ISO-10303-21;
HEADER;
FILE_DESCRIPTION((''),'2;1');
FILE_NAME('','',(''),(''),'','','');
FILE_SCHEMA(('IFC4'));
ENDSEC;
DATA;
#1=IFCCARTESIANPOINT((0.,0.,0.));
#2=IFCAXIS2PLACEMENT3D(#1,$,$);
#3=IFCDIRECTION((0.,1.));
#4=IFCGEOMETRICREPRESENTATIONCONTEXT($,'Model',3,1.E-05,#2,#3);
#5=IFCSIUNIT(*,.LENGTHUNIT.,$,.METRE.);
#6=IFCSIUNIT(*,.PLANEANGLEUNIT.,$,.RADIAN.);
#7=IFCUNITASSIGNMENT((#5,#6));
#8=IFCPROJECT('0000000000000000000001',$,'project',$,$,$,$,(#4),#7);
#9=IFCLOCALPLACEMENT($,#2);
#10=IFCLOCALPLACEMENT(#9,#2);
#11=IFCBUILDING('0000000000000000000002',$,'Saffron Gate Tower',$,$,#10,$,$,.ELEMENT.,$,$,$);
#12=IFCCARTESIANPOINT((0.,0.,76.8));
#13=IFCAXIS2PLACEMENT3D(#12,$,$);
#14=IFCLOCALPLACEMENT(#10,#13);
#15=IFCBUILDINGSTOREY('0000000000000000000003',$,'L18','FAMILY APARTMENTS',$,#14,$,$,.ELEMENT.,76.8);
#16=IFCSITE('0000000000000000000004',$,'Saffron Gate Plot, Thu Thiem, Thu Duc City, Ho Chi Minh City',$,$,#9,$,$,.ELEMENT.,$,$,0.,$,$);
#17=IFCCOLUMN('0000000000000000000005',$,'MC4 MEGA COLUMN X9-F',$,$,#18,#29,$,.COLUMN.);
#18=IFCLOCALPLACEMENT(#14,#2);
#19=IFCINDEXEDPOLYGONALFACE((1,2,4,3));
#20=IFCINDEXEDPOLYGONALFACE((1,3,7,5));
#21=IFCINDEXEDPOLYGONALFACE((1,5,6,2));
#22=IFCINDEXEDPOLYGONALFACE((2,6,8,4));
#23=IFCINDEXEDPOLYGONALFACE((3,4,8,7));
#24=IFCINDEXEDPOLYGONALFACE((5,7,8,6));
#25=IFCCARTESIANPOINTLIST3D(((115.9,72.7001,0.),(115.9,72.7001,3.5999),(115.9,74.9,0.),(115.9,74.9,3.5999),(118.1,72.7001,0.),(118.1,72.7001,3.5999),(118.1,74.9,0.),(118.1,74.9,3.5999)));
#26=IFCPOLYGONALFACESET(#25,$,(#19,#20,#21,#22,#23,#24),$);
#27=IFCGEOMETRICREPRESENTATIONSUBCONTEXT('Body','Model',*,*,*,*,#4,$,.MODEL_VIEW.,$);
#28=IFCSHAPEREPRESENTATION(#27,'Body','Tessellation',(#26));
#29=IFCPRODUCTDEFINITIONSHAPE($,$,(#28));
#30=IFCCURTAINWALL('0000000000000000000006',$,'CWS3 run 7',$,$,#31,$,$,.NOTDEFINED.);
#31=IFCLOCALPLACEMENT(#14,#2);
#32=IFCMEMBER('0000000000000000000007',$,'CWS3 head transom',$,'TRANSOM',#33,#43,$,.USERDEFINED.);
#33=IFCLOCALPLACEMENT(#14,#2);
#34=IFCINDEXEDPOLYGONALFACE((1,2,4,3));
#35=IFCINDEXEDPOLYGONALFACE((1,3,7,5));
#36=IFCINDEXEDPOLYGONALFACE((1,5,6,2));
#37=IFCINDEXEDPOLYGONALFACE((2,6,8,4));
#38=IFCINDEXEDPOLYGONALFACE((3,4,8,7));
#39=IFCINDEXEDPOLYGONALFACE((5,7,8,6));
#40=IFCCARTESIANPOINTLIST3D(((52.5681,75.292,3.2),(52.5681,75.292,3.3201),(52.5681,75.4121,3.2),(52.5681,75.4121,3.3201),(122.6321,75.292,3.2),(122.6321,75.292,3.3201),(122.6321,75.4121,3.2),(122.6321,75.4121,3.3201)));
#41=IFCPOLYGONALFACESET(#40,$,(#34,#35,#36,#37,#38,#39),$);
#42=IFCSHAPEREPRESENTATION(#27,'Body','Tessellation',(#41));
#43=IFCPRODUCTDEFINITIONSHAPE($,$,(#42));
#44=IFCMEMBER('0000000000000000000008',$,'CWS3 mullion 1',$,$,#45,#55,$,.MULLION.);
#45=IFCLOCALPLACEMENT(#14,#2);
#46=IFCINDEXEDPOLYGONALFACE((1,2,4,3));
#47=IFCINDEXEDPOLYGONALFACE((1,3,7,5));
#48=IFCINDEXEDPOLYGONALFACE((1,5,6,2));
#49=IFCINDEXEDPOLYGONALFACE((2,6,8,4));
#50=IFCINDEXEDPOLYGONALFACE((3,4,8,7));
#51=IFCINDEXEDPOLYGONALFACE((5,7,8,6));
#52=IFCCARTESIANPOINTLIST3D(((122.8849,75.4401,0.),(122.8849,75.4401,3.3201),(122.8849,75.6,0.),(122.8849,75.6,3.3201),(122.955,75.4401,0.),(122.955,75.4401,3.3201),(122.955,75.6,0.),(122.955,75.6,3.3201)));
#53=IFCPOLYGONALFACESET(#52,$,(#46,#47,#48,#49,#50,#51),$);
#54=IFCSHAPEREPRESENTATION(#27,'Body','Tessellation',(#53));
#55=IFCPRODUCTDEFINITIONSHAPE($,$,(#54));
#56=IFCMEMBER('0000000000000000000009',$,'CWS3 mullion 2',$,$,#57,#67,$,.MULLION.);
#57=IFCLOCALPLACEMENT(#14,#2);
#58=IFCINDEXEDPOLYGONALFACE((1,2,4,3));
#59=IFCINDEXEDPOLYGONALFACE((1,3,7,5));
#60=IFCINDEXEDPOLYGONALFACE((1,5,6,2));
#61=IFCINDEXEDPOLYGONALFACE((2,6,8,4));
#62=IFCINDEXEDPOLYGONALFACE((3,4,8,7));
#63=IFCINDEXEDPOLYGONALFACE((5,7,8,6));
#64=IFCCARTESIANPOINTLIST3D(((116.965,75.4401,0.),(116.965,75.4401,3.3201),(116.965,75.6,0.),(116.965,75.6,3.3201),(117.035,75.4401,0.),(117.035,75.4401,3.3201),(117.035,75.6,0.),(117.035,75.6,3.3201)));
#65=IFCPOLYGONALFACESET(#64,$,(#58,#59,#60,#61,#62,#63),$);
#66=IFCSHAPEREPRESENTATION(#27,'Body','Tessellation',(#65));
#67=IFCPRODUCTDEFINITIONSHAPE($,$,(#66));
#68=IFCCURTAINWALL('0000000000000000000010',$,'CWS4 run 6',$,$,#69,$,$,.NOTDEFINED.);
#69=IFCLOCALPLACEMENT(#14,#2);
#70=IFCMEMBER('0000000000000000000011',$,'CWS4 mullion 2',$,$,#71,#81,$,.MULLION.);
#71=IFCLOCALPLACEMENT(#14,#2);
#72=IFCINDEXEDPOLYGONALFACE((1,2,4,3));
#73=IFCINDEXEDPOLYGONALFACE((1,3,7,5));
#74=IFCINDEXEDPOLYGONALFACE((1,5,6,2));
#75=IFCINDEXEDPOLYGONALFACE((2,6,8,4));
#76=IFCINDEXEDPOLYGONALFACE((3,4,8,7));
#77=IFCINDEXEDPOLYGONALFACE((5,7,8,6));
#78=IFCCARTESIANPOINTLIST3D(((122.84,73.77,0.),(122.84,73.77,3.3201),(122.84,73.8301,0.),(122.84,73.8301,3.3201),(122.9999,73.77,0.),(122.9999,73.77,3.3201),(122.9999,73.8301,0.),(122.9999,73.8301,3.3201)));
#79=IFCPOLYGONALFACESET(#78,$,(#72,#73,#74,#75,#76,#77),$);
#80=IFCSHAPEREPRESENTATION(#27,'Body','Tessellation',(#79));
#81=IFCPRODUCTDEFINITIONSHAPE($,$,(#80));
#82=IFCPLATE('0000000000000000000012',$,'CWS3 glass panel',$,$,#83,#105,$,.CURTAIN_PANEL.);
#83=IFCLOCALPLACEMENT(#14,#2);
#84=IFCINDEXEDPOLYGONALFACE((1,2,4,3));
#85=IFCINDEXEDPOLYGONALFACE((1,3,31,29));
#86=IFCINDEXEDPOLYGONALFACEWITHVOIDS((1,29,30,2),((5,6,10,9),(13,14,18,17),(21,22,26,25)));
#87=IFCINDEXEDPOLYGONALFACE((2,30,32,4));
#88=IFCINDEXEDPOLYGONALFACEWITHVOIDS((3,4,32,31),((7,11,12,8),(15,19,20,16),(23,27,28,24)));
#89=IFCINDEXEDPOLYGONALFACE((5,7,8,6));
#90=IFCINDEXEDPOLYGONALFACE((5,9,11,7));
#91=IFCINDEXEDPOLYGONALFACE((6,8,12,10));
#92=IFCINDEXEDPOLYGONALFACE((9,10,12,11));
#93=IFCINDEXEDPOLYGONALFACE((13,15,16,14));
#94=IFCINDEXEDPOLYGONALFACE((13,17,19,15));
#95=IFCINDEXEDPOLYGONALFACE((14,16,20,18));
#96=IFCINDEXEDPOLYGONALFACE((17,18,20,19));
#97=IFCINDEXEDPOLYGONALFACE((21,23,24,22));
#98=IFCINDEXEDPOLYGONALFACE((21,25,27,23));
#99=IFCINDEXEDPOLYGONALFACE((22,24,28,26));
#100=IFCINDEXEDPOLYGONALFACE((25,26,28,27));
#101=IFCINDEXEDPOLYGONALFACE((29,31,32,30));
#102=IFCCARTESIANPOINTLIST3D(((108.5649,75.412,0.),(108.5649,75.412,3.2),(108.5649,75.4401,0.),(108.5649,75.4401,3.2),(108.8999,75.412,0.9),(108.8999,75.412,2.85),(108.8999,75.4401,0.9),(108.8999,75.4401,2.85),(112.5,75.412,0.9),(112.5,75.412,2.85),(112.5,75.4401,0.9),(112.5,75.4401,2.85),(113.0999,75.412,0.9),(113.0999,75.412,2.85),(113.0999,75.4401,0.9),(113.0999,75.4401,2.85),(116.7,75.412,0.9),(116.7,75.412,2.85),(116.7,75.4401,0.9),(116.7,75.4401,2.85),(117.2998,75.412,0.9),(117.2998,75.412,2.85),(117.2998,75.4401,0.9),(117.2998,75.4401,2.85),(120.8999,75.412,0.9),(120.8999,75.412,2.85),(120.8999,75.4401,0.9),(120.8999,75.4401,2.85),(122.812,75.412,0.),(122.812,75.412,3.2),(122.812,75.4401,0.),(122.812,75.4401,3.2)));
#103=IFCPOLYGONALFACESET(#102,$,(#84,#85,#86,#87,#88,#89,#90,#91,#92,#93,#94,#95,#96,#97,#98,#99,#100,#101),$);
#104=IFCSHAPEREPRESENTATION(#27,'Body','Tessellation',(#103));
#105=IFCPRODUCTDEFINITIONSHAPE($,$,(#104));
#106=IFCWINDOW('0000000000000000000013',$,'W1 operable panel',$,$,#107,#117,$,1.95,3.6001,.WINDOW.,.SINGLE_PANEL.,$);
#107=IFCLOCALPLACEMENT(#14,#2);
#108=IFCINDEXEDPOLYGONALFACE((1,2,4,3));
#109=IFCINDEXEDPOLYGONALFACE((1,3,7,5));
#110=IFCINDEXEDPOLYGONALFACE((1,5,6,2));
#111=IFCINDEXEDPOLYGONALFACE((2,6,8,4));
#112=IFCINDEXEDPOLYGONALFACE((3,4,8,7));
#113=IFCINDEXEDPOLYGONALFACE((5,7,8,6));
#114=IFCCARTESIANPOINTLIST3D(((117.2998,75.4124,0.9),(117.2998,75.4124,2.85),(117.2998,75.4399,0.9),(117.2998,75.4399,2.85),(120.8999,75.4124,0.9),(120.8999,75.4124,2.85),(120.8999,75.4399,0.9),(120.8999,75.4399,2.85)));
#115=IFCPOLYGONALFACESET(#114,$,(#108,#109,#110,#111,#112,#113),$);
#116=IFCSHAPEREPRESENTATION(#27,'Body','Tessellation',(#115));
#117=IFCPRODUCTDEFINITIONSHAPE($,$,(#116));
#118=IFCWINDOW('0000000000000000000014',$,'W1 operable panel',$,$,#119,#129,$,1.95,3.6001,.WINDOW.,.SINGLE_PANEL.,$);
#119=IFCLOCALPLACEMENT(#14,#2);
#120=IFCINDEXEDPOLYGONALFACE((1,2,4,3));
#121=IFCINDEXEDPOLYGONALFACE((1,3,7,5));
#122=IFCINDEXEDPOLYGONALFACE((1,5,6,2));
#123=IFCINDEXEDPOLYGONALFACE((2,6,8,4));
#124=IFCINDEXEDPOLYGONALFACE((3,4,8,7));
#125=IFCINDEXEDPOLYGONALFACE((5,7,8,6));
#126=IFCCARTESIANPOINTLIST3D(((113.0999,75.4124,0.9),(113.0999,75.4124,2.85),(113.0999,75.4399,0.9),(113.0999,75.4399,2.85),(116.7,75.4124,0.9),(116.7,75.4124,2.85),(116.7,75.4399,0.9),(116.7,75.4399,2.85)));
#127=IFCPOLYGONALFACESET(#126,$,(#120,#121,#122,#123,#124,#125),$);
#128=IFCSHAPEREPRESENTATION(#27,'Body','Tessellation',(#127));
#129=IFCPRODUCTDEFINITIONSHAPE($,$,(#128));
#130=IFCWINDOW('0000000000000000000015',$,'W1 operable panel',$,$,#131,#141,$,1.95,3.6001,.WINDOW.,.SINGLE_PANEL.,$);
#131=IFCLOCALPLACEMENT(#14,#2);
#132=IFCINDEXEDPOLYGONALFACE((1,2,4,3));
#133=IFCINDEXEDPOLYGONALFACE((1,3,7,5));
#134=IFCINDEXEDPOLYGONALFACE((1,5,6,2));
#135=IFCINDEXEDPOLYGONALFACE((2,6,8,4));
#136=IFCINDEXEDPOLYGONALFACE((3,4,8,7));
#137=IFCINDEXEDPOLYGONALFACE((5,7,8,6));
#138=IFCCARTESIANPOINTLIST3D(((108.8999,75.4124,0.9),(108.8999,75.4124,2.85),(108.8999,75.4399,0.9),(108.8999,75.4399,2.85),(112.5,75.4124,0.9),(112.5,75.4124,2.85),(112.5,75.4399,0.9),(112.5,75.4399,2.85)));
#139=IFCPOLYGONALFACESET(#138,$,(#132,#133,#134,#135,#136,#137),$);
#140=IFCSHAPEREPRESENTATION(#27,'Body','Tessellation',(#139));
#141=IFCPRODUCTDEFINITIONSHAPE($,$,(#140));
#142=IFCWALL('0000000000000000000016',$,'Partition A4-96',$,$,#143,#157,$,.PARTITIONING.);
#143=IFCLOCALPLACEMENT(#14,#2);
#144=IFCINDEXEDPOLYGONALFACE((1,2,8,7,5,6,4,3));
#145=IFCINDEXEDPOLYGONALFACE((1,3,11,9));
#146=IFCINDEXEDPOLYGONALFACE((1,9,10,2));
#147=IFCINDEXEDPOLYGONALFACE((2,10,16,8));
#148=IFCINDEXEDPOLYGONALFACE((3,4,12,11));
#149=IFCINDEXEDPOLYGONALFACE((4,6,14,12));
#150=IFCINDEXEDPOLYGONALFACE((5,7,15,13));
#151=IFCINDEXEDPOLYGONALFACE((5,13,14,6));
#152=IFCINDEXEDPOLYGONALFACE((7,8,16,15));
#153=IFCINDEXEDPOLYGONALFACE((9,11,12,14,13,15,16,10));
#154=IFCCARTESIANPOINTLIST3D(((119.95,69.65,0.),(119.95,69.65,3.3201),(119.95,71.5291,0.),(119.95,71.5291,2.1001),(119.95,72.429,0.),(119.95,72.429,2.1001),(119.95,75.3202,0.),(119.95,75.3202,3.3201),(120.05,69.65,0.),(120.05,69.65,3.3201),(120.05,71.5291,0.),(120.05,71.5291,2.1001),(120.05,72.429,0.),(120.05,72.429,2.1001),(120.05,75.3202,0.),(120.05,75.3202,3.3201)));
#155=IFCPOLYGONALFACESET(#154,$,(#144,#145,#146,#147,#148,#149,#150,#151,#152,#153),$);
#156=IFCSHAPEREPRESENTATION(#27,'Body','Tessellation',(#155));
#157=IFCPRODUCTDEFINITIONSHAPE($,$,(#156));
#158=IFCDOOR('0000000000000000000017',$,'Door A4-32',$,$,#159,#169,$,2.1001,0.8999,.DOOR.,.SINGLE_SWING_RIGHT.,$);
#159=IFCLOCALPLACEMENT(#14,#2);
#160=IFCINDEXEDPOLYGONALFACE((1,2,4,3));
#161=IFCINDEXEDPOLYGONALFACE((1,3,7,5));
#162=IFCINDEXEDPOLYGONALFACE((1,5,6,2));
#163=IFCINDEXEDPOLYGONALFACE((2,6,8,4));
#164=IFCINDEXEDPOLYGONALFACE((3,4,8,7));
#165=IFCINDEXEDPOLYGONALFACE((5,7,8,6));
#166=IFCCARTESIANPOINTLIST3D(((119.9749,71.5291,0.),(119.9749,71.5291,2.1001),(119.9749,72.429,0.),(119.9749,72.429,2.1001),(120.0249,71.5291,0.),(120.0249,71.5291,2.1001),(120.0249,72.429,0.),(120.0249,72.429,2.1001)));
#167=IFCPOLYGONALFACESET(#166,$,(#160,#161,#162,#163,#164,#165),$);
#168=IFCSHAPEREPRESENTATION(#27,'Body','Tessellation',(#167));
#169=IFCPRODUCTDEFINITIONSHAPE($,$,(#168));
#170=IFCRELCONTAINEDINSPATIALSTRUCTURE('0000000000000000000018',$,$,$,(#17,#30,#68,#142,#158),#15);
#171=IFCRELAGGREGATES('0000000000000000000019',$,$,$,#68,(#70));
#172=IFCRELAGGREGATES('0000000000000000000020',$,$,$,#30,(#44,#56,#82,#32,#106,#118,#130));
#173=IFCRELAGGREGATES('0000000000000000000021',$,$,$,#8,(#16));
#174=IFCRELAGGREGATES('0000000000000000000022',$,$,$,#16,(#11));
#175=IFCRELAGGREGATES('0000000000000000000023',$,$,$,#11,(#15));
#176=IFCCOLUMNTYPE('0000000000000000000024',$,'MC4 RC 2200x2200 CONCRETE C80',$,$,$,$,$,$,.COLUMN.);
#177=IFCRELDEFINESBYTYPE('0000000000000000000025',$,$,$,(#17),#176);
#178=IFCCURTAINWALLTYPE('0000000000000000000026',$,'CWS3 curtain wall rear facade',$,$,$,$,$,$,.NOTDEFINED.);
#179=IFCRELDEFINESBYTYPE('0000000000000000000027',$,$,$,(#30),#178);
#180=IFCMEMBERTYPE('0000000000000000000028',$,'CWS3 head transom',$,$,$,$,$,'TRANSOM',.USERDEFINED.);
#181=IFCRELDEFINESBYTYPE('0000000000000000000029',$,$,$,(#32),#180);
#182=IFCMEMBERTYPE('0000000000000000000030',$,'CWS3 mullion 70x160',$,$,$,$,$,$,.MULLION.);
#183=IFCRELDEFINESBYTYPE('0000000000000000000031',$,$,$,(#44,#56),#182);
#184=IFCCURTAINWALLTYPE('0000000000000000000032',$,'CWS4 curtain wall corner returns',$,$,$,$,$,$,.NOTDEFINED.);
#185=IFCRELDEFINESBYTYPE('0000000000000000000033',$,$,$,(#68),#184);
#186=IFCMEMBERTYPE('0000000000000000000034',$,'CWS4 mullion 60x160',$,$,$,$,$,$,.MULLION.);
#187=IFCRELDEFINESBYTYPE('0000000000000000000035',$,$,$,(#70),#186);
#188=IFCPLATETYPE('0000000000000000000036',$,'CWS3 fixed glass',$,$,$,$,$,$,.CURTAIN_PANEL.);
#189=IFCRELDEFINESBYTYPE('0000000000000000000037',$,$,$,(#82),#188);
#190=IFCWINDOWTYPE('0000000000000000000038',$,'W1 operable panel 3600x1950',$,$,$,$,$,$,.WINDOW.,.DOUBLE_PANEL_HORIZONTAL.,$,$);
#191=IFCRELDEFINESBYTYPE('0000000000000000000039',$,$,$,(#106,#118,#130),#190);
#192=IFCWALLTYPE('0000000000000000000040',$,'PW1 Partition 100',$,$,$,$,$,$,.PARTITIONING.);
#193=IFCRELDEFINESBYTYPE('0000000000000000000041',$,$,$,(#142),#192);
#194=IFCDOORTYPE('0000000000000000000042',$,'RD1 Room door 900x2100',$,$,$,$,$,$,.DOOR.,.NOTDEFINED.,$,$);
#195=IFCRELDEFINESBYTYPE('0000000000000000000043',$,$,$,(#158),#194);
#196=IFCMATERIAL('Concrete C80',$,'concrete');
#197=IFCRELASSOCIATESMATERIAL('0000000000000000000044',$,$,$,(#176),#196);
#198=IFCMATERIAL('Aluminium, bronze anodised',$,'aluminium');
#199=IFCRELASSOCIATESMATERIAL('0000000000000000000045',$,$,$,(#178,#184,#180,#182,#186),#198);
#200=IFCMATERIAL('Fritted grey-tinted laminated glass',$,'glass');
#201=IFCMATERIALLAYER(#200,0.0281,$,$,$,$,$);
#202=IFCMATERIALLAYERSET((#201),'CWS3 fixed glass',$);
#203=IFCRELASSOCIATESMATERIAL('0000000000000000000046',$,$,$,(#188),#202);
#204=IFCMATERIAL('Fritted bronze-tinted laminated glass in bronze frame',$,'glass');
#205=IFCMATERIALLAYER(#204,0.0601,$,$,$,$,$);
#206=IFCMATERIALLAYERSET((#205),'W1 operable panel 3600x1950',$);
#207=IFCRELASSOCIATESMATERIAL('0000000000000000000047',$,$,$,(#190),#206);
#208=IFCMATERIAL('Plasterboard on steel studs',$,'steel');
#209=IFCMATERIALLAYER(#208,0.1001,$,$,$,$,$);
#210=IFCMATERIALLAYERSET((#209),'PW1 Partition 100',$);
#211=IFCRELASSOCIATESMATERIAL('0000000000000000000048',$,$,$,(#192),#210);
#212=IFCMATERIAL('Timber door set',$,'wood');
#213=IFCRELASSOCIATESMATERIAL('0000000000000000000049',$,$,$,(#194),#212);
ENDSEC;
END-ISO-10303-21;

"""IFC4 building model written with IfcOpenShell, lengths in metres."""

from ifc_helpers import new_model, si_unit, direction, frame, frame_2d, origin, origin_2d, place, context, subcontext, project, spatial, rectangle, extrude, material, layer, layer_set, material_profile, profile_set, type_object, element, fill, aggregate, save


model = new_model("IFC4")

# Units and contexts
model_context = context("Model", 3, precision=1e-05, world=origin(), true_north=direction((0.0, 1.0)))
body_context = subcontext(model_context, "Body", "Model", "MODEL_VIEW")
ifc_project = project(units=[si_unit("LENGTHUNIT", "METRE"), si_unit("PLANEANGLEUNIT", "RADIAN")], contexts=[model_context])

# Site, building, storey
site_placement = place(None, origin())
site = spatial("IfcSite", under=ifc_project, at=site_placement, Name="Saffron Gate Plot, Thu Thiem, Thu Duc City, Ho Chi Minh City", CompositionType="ELEMENT", RefElevation=0.0)
building_placement = place(site_placement, origin())
building = spatial("IfcBuilding", under=site, at=building_placement, Name="Saffron Gate Tower", CompositionType="ELEMENT")
storey_placement = place(building_placement, frame((0.0, 0.0, 76.8)))
storey = spatial("IfcBuildingStorey", under=building, at=storey_placement, Name="L18", Description="FAMILY APARTMENTS", CompositionType="ELEMENT", Elevation=76.8)

# Column
ifc_material_1 = material(Name="Concrete C80", Category="concrete")
ifc_material_profile_1 = material_profile(ifc_material_1, rectangle(XDim=2.2, YDim=2.2, at=origin_2d()))
ifc_profile_set_1 = profile_set([ifc_material_profile_1], Name="Concrete C80")
column_type = type_object("IfcColumnType", Name="MC4 RC 2200x2200 CONCRETE C80", PredefinedType="COLUMN", material=ifc_profile_set_1)
column_placement = place(storey_placement, frame((117.0, 73.8, 0.0), z_axis=(0.0, 0.0, 1.0), x_axis=(1.0, 0.0, 0.0)))
element("IfcColumn", 1, at=column_placement, inside=storey, type_object=column_type, Name="MC4 MEGA COLUMN X9-F", PredefinedType="COLUMN", context=body_context, shape_type="SweptSolid", body=[
    extrude(rectangle(XDim=2.2, YDim=2.2, at=origin_2d()), origin(), (0.0, 0.0, 1.0), 3.5999),
])

# Curtain wall, members
ifc_material_2 = material(Name="Aluminium, bronze anodised", Category="aluminium")
curtain_wall_type_1 = type_object("IfcCurtainWallType", Name="CWS3 curtain wall rear facade", PredefinedType="NOTDEFINED", material=ifc_material_2)
curtain_wall_1_placement = place(storey_placement, origin())
curtain_wall_1 = element("IfcCurtainWall", 2, at=curtain_wall_1_placement, inside=storey, type_object=curtain_wall_type_1, Name="CWS3 run 7", PredefinedType="NOTDEFINED")
ifc_material_profile_2 = material_profile(ifc_material_2, rectangle(XDim=0.1201, YDim=0.1201, at=origin_2d()))
ifc_profile_set_2 = profile_set([ifc_material_profile_2], Name="Aluminium, bronze anodised")
member_type_1 = type_object("IfcMemberType", Name="CWS3 head transom", ElementType="TRANSOM", PredefinedType="USERDEFINED", material=ifc_profile_set_2)
member_1_placement = place(storey_placement, frame((122.6321, 75.3521, 3.26), z_axis=(-1.0, 0.0, 0.0), x_axis=(0.0, -1.0, 0.0)))
member_1 = element("IfcMember", 3, at=member_1_placement, type_object=member_type_1, Name="CWS3 head transom", ObjectType="TRANSOM", PredefinedType="USERDEFINED", context=body_context, shape_type="SweptSolid", body=[
    extrude(rectangle(XDim=0.1201, YDim=0.1201, at=origin_2d()), origin(), (0.0, 0.0, 1.0), 70.064),
])
ifc_material_profile_3 = material_profile(ifc_material_2, rectangle(XDim=0.1599, YDim=0.0701, at=origin_2d()))
ifc_profile_set_3 = profile_set([ifc_material_profile_3], Name="Aluminium, bronze anodised")
member_type_2 = type_object("IfcMemberType", Name="CWS3 mullion 70x160", PredefinedType="MULLION", material=ifc_profile_set_3)
member_2_placement = place(storey_placement, frame((122.9199, 75.52, 0.0), z_axis=(0.0, 0.0, 1.0), x_axis=(0.0, -1.0, 0.0)))
member_2 = element("IfcMember", 4, at=member_2_placement, type_object=member_type_2, Name="CWS3 mullion 1", PredefinedType="MULLION", context=body_context, shape_type="SweptSolid", body=[
    extrude(rectangle(XDim=0.1599, YDim=0.0701, at=origin_2d()), origin(), (0.0, 0.0, 1.0), 3.3201),
])
member_3_placement = place(storey_placement, frame((117.0, 75.52, 0.0), z_axis=(0.0, 0.0, 1.0), x_axis=(0.0, -1.0, 0.0)))
member_3 = element("IfcMember", 5, at=member_3_placement, type_object=member_type_2, Name="CWS3 mullion 2", PredefinedType="MULLION", context=body_context, shape_type="SweptSolid", body=[
    extrude(rectangle(XDim=0.1599, YDim=0.0701, at=origin_2d()), origin(), (0.0, 0.0, 1.0), 3.3201),
])

# Curtain wall, member
curtain_wall_type_2 = type_object("IfcCurtainWallType", Name="CWS4 curtain wall corner returns", PredefinedType="NOTDEFINED", material=ifc_material_2)
curtain_wall_2_placement = place(storey_placement, origin())
curtain_wall_2 = element("IfcCurtainWall", 6, at=curtain_wall_2_placement, inside=storey, type_object=curtain_wall_type_2, Name="CWS4 run 6", PredefinedType="NOTDEFINED")
ifc_material_profile_4 = material_profile(ifc_material_2, rectangle(XDim=0.1599, YDim=0.0601, at=origin_2d()))
ifc_profile_set_4 = profile_set([ifc_material_profile_4], Name="Aluminium, bronze anodised")
member_type_3 = type_object("IfcMemberType", Name="CWS4 mullion 60x160", PredefinedType="MULLION", material=ifc_profile_set_4)
member_4_placement = place(storey_placement, frame((122.9199, 73.8, 0.0), z_axis=(0.0, 0.0, 1.0), x_axis=(-1.0, 0.0, 0.0)))
member_4 = element("IfcMember", 7, at=member_4_placement, type_object=member_type_3, Name="CWS4 mullion 2", PredefinedType="MULLION", context=body_context, shape_type="SweptSolid", body=[
    extrude(rectangle(XDim=0.1599, YDim=0.0601, at=origin_2d()), origin(), (0.0, 0.0, 1.0), 3.3201),
])
aggregate(curtain_wall_2, [member_4])

# Plate, openings, windows
ifc_material_3 = material(Name="Fritted grey-tinted laminated glass", Category="glass")
ifc_layer_1 = layer(ifc_material_3, 0.0281)
ifc_layer_set_1 = layer_set([ifc_layer_1], Name="CWS3 fixed glass")
plate_type = type_object("IfcPlateType", Name="CWS3 fixed glass", PredefinedType="CURTAIN_PANEL", material=ifc_layer_set_1)
plate_placement = place(storey_placement, frame((122.812, 75.426, 0.0), z_axis=(0.0, 0.0, 1.0), x_axis=(-1.0, 0.0, 0.0)))
plate = element("IfcPlate", 8, at=plate_placement, type_object=plate_type, Name="CWS3 glass panel", PredefinedType="CURTAIN_PANEL", context=body_context, shape_type="SweptSolid", body=[
    extrude(rectangle(XDim=14.2471, YDim=0.0281, at=frame_2d((7.1235, 0.0))), origin(), (0.0, 0.0, 1.0), 3.2),
])
opening_1_placement = place(plate_placement, frame((1.9121, 0.0, 0.8999)))
opening_1 = element("IfcOpeningElement", 9, at=opening_1_placement, cuts=plate, PredefinedType="OPENING", context=body_context, shape_type="SweptSolid", body=[
    extrude(rectangle(XDim=3.6001, YDim=1.95, at=frame_2d((1.8, 0.9751))), frame((0.0, 0.0239, 0.0), z_axis=(0.0, -1.0, 0.0), x_axis=(1.0, 0.0, 0.0)), (0.0, 0.0, 1.0), 0.0481),
])
opening_2_placement = place(plate_placement, frame((6.1121, 0.0, 0.8999)))
opening_2 = element("IfcOpeningElement", 10, at=opening_2_placement, cuts=plate, PredefinedType="OPENING", context=body_context, shape_type="SweptSolid", body=[
    extrude(rectangle(XDim=3.6001, YDim=1.95, at=frame_2d((1.8, 0.9751))), frame((0.0, 0.0239, 0.0), z_axis=(0.0, -1.0, 0.0), x_axis=(1.0, 0.0, 0.0)), (0.0, 0.0, 1.0), 0.0481),
])
opening_3_placement = place(plate_placement, frame((10.312, 0.0, 0.8999)))
opening_3 = element("IfcOpeningElement", 11, at=opening_3_placement, cuts=plate, PredefinedType="OPENING", context=body_context, shape_type="SweptSolid", body=[
    extrude(rectangle(XDim=3.6001, YDim=1.95, at=frame_2d((1.8, 0.9751))), frame((0.0, 0.0239, 0.0), z_axis=(0.0, -1.0, 0.0), x_axis=(1.0, 0.0, 0.0)), (0.0, 0.0, 1.0), 0.0481),
])
ifc_material_4 = material(Name="Fritted bronze-tinted laminated glass in bronze frame", Category="glass")
ifc_layer_2 = layer(ifc_material_4, 0.0601)
ifc_layer_set_2 = layer_set([ifc_layer_2], Name="W1 operable panel 3600x1950")
window_type = type_object("IfcWindowType", Name="W1 operable panel 3600x1950", PartitioningType="DOUBLE_PANEL_HORIZONTAL", PredefinedType="WINDOW", material=ifc_layer_set_2)
window_1_placement = place(opening_1_placement, origin())
window_1 = element("IfcWindow", 12, at=window_1_placement, type_object=window_type, Name="W1 operable panel", OverallHeight=1.95, OverallWidth=3.6001, PartitioningType="SINGLE_PANEL", PredefinedType="WINDOW", context=body_context, shape_type="SweptSolid", body=[
    extrude(rectangle(XDim=3.6001, YDim=1.95, at=frame_2d((1.8, 0.9751))), frame((0.0, 0.0137, 0.0), z_axis=(0.0, -1.0, 0.0), x_axis=(1.0, 0.0, 0.0)), (0.0, 0.0, 1.0), 0.0276),
])
fill(opening_1, window_1)
window_2_placement = place(opening_2_placement, origin())
window_2 = element("IfcWindow", 13, at=window_2_placement, type_object=window_type, Name="W1 operable panel", OverallHeight=1.95, OverallWidth=3.6001, PartitioningType="SINGLE_PANEL", PredefinedType="WINDOW", context=body_context, shape_type="SweptSolid", body=[
    extrude(rectangle(XDim=3.6001, YDim=1.95, at=frame_2d((1.8, 0.9751))), frame((0.0, 0.0137, 0.0), z_axis=(0.0, -1.0, 0.0), x_axis=(1.0, 0.0, 0.0)), (0.0, 0.0, 1.0), 0.0276),
])
fill(opening_2, window_2)
window_3_placement = place(opening_3_placement, origin())
window_3 = element("IfcWindow", 14, at=window_3_placement, type_object=window_type, Name="W1 operable panel", OverallHeight=1.95, OverallWidth=3.6001, PartitioningType="SINGLE_PANEL", PredefinedType="WINDOW", context=body_context, shape_type="SweptSolid", body=[
    extrude(rectangle(XDim=3.6001, YDim=1.95, at=frame_2d((1.8, 0.9751))), frame((0.0, 0.0137, 0.0), z_axis=(0.0, -1.0, 0.0), x_axis=(1.0, 0.0, 0.0)), (0.0, 0.0, 1.0), 0.0276),
])
fill(opening_3, window_3)
aggregate(curtain_wall_1, [member_2, member_3, plate, member_1, window_1, window_2, window_3])

# Wall, opening, door
ifc_material_5 = material(Name="Plasterboard on steel studs", Category="steel")
ifc_layer_3 = layer(ifc_material_5, 0.1001)
ifc_layer_set_3 = layer_set([ifc_layer_3], Name="PW1 Partition 100")
wall_type = type_object("IfcWallType", Name="PW1 Partition 100", PredefinedType="PARTITIONING", material=ifc_layer_set_3)
wall_placement = place(storey_placement, frame((120.0, 75.3201, 0.0), z_axis=(0.0, 0.0, 1.0), x_axis=(0.0, -1.0, 0.0)))
wall = element("IfcWall", 15, at=wall_placement, inside=storey, type_object=wall_type, Name="Partition A4-96", PredefinedType="PARTITIONING", context=body_context, shape_type="SweptSolid", body=[
    extrude(rectangle(XDim=5.6702, YDim=0.1001, at=frame_2d((2.835, 0.0))), origin(), (0.0, 0.0, 1.0), 3.3201),
])
opening_4_placement = place(wall_placement, frame((2.8911, 0.0, 0.0)))
opening_4 = element("IfcOpeningElement", 16, at=opening_4_placement, cuts=wall, PredefinedType="OPENING", context=body_context, shape_type="SweptSolid", body=[
    extrude(rectangle(XDim=0.8999, YDim=2.1001, at=frame_2d((0.45, 1.05))), frame((0.0, 0.0601, 0.0), z_axis=(0.0, -1.0, 0.0), x_axis=(1.0, 0.0, 0.0)), (0.0, 0.0, 1.0), 0.1201),
])
ifc_material_6 = material(Name="Timber door set", Category="wood")
door_type = type_object("IfcDoorType", Name="RD1 Room door 900x2100", OperationType="NOTDEFINED", PredefinedType="DOOR", material=ifc_material_6)
door_placement = place(opening_4_placement, origin())
door = element("IfcDoor", 17, at=door_placement, inside=storey, type_object=door_type, Name="Door A4-32", OperationType="SINGLE_SWING_RIGHT", OverallHeight=2.1001, OverallWidth=0.8999, PredefinedType="DOOR", context=body_context, shape_type="SweptSolid", body=[
    extrude(rectangle(XDim=0.8999, YDim=2.1001, at=frame_2d((0.45, 1.05))), frame((0.0, 0.0249, 0.0), z_axis=(0.0, -1.0, 0.0), x_axis=(1.0, 0.0, 0.0)), (0.0, 0.0, 1.0), 0.05),
])
fill(opening_4, door)

save(model, "model.ifc")
